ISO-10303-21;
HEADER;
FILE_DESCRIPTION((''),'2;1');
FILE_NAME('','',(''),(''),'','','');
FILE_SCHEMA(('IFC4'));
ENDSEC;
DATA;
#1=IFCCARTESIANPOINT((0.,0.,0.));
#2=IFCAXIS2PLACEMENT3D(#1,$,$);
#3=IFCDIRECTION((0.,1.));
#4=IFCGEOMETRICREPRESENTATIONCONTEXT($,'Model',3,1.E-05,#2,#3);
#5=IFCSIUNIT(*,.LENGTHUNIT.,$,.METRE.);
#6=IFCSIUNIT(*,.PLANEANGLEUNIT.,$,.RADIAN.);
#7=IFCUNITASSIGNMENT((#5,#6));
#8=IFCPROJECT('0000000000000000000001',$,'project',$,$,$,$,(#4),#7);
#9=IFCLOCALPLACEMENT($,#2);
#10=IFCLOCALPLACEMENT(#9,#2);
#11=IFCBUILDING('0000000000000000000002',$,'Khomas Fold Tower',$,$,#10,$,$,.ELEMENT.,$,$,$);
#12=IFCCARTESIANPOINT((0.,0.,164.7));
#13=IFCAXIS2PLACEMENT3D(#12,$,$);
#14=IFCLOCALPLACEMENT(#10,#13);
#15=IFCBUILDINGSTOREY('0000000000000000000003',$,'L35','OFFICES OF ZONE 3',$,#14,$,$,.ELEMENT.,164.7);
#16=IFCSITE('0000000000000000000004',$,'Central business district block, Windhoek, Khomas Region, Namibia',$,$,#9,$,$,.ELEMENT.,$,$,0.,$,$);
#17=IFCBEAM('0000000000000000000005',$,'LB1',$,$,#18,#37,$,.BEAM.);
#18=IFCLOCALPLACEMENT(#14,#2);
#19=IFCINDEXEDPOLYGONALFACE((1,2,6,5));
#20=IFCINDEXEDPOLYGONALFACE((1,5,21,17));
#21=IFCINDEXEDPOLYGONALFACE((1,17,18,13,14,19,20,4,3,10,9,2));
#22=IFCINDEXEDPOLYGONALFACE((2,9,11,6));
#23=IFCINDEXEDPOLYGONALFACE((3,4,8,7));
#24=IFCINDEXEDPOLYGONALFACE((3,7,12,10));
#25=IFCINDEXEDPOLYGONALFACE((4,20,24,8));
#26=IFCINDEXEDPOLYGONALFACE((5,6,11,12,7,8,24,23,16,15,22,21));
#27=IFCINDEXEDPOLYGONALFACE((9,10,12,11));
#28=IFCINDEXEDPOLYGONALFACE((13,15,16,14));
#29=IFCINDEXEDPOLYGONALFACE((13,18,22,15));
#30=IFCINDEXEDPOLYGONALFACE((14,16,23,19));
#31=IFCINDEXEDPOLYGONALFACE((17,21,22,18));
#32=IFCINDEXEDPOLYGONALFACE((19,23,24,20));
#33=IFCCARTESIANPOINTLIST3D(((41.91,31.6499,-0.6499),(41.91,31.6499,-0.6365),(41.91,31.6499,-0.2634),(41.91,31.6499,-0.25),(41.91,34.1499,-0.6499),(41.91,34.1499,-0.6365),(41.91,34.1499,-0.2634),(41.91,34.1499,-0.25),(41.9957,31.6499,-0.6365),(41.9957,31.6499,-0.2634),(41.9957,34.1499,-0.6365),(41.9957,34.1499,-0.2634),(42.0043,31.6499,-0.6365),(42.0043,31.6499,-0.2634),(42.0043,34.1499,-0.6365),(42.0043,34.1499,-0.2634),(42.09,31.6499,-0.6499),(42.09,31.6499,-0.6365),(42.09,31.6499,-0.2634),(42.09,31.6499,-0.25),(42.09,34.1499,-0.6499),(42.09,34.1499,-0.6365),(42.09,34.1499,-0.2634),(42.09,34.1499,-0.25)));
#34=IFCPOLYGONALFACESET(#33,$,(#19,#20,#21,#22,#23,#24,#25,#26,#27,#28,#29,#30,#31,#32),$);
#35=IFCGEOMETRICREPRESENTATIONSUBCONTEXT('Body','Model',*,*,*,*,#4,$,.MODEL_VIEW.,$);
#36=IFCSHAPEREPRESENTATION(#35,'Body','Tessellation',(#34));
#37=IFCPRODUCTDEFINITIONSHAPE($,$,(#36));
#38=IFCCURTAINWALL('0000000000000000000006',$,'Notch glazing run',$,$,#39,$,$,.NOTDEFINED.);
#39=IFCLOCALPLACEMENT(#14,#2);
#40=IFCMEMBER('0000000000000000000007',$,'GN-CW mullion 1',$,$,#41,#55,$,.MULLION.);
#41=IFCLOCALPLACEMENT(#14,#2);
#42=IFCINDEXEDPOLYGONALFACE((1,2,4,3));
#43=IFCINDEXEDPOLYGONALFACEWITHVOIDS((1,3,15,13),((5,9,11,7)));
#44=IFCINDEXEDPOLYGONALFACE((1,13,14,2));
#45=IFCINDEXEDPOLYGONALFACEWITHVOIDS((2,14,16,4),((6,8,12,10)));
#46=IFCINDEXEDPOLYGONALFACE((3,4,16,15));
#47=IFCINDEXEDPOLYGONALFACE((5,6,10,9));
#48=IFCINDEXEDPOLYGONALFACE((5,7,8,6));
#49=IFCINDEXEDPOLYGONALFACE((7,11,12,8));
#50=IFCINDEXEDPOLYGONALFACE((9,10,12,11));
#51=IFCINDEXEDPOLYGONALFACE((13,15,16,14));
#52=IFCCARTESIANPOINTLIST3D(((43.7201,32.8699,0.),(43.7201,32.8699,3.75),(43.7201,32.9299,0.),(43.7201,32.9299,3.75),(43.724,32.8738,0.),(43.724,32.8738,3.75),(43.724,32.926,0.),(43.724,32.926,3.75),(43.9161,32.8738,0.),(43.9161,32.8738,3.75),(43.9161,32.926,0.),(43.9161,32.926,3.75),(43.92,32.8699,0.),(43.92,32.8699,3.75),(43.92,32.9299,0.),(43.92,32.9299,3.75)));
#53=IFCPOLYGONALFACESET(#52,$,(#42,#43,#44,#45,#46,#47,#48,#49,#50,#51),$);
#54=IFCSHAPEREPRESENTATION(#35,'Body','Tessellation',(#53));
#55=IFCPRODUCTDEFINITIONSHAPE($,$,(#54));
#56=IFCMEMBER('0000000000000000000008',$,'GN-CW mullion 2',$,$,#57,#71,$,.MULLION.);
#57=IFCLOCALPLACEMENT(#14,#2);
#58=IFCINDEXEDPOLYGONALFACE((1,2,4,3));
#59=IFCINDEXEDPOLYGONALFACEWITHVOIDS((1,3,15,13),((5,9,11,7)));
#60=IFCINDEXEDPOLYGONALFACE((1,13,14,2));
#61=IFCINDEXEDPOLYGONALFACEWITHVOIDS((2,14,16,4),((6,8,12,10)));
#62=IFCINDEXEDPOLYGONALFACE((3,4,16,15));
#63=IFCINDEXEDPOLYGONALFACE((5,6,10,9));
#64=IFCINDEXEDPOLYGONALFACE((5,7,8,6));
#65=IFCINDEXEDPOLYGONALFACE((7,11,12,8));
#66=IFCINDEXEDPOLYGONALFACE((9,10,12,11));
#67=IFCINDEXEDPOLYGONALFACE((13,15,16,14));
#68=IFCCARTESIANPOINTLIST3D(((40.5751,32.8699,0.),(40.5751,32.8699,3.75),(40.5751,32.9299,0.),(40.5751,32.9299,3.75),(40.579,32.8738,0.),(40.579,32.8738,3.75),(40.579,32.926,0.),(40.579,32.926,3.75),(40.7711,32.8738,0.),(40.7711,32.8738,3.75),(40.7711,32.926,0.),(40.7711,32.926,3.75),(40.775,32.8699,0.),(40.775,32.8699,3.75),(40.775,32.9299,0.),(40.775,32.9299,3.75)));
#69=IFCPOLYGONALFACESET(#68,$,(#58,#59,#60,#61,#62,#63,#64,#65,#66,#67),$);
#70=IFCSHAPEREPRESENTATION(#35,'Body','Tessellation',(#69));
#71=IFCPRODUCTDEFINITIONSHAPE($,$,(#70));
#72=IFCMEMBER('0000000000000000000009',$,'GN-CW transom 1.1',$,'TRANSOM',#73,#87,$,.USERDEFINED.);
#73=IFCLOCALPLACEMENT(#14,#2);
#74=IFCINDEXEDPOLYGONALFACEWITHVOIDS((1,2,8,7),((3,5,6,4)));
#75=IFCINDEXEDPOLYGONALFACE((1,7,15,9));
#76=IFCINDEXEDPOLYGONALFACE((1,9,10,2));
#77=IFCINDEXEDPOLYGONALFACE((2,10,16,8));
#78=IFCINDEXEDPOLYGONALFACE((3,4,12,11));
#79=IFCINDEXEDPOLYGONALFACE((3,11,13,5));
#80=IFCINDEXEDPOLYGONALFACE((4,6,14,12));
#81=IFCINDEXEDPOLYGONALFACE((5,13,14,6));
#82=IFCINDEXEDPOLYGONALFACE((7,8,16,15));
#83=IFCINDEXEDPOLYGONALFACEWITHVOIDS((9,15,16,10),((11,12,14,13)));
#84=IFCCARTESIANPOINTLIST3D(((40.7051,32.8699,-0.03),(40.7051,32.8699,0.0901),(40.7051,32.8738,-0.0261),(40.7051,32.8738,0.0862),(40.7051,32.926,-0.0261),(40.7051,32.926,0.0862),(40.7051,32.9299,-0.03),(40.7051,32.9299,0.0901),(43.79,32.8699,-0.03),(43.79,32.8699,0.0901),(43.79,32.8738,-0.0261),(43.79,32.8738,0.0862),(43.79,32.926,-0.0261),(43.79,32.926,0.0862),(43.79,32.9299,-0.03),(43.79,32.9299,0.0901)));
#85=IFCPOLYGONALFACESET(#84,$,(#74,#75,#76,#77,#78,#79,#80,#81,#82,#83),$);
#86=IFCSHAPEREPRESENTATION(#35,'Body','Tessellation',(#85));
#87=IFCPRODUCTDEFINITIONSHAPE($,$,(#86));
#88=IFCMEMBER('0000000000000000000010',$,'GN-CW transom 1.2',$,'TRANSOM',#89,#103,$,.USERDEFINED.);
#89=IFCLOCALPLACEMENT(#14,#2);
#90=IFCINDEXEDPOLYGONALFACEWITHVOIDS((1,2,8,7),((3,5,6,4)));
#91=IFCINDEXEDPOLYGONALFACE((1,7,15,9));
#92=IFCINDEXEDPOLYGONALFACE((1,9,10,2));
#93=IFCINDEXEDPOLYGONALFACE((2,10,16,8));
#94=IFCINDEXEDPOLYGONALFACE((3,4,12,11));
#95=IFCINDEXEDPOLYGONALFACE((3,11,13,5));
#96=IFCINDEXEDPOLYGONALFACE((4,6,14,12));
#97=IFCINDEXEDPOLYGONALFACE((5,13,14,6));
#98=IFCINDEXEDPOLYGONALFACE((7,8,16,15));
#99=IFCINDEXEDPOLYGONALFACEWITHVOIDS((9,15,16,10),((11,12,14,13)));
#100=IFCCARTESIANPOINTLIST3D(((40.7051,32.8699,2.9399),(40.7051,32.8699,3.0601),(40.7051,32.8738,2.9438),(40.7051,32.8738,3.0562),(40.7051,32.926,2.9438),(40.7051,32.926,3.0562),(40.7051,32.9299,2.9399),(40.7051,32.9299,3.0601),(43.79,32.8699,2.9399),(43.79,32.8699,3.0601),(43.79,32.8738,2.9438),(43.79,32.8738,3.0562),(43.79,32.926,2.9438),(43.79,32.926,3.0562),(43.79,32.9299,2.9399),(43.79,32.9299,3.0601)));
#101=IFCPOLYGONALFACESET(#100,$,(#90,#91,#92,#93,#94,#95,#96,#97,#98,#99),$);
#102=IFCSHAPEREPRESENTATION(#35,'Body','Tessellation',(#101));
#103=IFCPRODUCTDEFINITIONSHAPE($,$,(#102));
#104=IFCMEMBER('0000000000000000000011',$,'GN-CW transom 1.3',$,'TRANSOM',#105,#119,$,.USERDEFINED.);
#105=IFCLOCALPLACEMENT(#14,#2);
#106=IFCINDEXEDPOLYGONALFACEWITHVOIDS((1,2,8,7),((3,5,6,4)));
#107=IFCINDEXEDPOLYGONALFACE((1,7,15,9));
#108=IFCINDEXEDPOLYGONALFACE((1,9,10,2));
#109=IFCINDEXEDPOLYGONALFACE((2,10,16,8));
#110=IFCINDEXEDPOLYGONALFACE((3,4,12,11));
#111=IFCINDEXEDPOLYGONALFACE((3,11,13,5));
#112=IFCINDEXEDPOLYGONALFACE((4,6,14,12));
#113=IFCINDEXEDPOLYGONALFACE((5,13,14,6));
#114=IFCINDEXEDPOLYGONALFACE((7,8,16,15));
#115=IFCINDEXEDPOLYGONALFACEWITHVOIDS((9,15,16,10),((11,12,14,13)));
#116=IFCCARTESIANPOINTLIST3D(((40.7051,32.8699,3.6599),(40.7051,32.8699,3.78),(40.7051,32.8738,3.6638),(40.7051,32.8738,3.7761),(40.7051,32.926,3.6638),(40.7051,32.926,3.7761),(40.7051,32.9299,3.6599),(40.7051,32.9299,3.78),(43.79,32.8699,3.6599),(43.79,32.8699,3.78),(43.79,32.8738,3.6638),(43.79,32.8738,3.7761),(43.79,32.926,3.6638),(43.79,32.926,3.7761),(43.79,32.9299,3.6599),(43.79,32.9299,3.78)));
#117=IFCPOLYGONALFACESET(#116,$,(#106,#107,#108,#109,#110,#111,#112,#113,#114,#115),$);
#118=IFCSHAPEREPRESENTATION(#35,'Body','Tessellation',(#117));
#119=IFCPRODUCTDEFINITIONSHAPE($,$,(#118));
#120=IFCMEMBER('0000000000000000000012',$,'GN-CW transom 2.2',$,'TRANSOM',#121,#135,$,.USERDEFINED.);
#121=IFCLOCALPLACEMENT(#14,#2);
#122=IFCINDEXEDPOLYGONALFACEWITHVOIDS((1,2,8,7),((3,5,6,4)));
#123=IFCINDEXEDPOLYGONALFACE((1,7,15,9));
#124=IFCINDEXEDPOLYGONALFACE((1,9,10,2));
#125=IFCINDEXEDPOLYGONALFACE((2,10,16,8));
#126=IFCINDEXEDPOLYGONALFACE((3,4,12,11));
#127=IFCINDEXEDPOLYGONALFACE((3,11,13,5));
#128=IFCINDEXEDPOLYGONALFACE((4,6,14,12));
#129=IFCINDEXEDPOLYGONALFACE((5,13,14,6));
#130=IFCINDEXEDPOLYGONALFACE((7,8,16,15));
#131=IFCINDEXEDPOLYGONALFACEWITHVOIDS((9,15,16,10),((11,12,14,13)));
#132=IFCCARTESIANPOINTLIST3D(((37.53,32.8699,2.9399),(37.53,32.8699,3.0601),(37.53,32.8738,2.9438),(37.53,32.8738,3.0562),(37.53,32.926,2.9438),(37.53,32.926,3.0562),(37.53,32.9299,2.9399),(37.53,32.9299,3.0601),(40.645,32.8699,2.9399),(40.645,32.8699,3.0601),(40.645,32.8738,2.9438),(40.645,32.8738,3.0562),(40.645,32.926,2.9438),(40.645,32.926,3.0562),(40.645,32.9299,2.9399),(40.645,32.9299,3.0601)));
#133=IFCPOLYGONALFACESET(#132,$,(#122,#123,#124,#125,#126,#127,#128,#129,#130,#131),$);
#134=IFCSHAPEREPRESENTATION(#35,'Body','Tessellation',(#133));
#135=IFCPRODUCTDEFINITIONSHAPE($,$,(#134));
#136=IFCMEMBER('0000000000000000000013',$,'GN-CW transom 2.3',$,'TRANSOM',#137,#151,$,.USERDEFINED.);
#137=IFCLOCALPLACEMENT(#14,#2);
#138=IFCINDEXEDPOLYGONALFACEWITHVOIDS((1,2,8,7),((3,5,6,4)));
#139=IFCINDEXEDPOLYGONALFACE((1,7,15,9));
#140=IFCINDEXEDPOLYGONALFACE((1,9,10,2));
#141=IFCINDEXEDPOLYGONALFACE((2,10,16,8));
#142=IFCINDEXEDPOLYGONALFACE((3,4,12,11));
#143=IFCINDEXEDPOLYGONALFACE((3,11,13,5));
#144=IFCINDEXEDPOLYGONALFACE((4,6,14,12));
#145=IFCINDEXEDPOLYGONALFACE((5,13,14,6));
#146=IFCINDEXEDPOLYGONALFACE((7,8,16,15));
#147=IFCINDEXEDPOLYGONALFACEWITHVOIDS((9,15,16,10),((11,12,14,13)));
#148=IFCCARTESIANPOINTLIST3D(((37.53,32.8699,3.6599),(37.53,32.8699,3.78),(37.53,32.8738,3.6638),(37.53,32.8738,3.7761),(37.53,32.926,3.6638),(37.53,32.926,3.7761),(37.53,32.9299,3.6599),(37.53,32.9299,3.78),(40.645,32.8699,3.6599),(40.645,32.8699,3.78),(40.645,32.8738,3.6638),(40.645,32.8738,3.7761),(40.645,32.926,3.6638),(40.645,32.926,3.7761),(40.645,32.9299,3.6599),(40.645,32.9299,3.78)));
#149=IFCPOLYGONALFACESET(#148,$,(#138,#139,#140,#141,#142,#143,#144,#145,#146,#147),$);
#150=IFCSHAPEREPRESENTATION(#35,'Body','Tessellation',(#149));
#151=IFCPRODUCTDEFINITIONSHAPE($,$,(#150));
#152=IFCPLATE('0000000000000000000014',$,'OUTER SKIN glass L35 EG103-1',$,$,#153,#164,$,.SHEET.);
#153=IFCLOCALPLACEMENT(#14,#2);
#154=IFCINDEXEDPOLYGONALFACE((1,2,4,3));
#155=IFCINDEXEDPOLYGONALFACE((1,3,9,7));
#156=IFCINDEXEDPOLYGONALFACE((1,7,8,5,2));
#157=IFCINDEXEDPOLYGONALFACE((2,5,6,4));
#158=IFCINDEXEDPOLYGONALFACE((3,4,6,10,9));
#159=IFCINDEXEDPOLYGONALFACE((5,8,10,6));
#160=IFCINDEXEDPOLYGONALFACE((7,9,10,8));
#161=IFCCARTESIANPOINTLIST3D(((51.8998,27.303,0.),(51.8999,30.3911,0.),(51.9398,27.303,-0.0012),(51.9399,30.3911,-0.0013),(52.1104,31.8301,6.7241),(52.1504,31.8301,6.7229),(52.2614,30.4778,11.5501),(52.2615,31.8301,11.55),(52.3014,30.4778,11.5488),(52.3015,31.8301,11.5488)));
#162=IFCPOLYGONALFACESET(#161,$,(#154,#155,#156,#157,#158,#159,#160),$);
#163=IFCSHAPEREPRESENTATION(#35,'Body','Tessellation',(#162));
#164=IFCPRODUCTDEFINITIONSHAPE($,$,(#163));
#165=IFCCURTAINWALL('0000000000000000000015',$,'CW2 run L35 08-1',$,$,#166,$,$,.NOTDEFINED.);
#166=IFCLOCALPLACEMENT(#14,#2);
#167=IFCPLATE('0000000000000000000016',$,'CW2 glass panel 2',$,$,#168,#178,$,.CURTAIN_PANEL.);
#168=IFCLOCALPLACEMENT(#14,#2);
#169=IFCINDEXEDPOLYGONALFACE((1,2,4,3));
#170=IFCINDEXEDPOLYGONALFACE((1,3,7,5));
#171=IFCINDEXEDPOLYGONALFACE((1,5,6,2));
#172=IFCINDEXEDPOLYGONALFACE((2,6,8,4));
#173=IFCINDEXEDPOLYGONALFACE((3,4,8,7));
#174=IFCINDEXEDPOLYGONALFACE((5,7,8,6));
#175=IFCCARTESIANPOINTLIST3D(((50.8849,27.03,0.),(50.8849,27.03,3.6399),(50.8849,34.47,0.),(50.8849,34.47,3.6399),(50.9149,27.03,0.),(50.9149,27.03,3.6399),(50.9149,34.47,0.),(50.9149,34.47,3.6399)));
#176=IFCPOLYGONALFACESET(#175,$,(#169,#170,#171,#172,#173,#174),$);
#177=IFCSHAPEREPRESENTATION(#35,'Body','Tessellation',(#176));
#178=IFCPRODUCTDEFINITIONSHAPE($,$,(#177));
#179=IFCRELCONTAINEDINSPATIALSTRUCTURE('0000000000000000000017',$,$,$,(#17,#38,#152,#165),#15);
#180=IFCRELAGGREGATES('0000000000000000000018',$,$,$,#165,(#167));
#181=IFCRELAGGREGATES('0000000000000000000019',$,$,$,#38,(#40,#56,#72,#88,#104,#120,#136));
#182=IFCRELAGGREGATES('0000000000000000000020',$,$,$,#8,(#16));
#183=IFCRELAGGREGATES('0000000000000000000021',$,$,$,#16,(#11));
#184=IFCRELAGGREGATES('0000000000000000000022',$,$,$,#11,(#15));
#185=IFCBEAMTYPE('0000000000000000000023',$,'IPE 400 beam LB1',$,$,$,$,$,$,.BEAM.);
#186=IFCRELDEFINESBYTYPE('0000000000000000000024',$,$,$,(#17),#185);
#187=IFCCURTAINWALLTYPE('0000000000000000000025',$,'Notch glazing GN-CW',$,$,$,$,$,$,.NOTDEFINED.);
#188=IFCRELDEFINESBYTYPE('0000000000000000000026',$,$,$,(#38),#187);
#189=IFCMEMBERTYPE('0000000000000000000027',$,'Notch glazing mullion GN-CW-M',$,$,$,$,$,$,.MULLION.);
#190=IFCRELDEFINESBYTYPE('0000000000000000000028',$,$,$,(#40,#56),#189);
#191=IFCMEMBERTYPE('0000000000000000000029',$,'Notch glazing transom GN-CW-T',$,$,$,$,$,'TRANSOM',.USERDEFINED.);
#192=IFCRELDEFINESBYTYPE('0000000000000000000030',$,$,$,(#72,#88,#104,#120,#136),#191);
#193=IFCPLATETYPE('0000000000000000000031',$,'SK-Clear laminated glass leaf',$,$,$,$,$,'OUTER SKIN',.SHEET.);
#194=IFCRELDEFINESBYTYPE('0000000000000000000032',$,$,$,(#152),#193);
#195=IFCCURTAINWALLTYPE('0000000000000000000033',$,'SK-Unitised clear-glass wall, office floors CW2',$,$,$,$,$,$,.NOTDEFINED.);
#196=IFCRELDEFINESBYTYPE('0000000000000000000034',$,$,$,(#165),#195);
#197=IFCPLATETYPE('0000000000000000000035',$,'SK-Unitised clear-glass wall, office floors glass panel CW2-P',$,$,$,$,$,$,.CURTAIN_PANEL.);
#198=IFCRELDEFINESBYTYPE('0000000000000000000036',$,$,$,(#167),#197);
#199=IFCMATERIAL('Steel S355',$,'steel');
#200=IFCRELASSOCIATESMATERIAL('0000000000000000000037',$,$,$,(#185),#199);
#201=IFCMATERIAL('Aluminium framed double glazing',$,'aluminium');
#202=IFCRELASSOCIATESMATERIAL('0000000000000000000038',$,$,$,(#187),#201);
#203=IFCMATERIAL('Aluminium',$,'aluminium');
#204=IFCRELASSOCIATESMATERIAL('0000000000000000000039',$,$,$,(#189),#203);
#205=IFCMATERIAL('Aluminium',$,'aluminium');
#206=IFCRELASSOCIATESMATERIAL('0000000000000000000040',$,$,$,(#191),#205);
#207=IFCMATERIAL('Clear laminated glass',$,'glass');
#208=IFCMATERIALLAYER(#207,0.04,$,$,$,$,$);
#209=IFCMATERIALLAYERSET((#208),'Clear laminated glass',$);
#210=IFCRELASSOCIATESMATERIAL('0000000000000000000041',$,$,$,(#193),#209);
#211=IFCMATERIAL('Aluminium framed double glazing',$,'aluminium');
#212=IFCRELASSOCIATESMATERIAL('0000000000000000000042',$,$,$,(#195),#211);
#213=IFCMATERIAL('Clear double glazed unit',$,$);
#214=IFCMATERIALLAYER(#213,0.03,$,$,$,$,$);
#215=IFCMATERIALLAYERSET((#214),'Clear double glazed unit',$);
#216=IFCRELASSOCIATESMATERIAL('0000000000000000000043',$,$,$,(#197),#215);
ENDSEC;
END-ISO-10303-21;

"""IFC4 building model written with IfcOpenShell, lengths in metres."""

from ifc_helpers import new_model, si_unit, direction, frame, origin, origin_2d, place, context, subcontext, project, spatial, polyline, rectangle, hollow_rectangle, i_section, outline, extrude, source, transform, mapped, material, layer, layer_set, material_profile, profile_set, type_object, element, aggregate, save


model = new_model("IFC4")

# Units and contexts
model_context = context("Model", 3, precision=1e-05, world=origin(), true_north=direction((0.0, 1.0)))
body_context = subcontext(model_context, "Body", "Model", "MODEL_VIEW")
ifc_project = project(units=[si_unit("LENGTHUNIT", "METRE"), si_unit("PLANEANGLEUNIT", "RADIAN")], contexts=[model_context])

# Site, building, storey
site_placement = place(None, origin())
site = spatial("IfcSite", under=ifc_project, at=site_placement, Name="Central business district block, Windhoek, Khomas Region, Namibia", CompositionType="ELEMENT", RefElevation=0.0)
building_placement = place(site_placement, origin())
building = spatial("IfcBuilding", under=site, at=building_placement, Name="Khomas Fold Tower", CompositionType="ELEMENT")
storey_placement = place(building_placement, frame((0.0, 0.0, 164.7)))
storey = spatial("IfcBuildingStorey", under=building, at=storey_placement, Name="L35", Description="OFFICES OF ZONE 3", CompositionType="ELEMENT", Elevation=164.7)

# Beam
ifc_material_1 = material(Name="Steel S355", Category="steel")
ifc_material_profile_1 = material_profile(ifc_material_1, i_section(OverallWidth=0.1799, OverallDepth=0.3999, WebThickness=0.0085, FlangeThickness=0.0134, at=origin_2d()), Name="IPE 400")
ifc_profile_set_1 = profile_set([ifc_material_profile_1], Name="Steel S355")
beam_type = type_object("IfcBeamType", Name="IPE 400 beam LB1", PredefinedType="BEAM", material=ifc_profile_set_1)
shared_shape_1 = source(origin(), body_context, "Body", "SweptSolid", [
    extrude(i_section(OverallWidth=0.1799, OverallDepth=0.3999, WebThickness=0.0085, FlangeThickness=0.0134, at=origin_2d()), origin(), (0.0, 0.0, 1.0), 2.5),
])
beam_placement = place(storey_placement, frame((42.0, 31.6499, -0.45), z_axis=(0.0, 1.0, 0.0), x_axis=(-1.0, 0.0, 0.0)))
element("IfcBeam", 1, at=beam_placement, inside=storey, type_object=beam_type, Name="LB1", PredefinedType="BEAM", context=body_context, shape_type="MappedRepresentation", body=[
    mapped(shared_shape_1, transform((0.0, 0.0, 0.0))),
])

# Curtain wall, members
ifc_material_2 = material(Name="Aluminium framed double glazing", Category="aluminium")
curtain_wall_type_1 = type_object("IfcCurtainWallType", Name="Notch glazing GN-CW", PredefinedType="NOTDEFINED", material=ifc_material_2)
curtain_wall_1_placement = place(storey_placement, origin())
curtain_wall_1 = element("IfcCurtainWall", 2, at=curtain_wall_1_placement, inside=storey, type_object=curtain_wall_type_1, Name="Notch glazing run", PredefinedType="NOTDEFINED")
ifc_material_3 = material(Name="Aluminium", Category="aluminium")
ifc_material_profile_2 = material_profile(ifc_material_3, hollow_rectangle(XDim=0.0601, YDim=0.2, WallThickness=0.0039, at=origin_2d()), Name="Notch glazing mullion GN-CW-M")
ifc_profile_set_2 = profile_set([ifc_material_profile_2], Name="Aluminium")
member_type_1 = type_object("IfcMemberType", Name="Notch glazing mullion GN-CW-M", PredefinedType="MULLION", material=ifc_profile_set_2)
shared_shape_2 = source(origin(), body_context, "Body", "SweptSolid", [
    extrude(hollow_rectangle(XDim=0.0601, YDim=0.2, WallThickness=0.0039, at=origin_2d()), origin(), (0.0, 0.0, 1.0), 3.75),
])
member_1_placement = place(storey_placement, frame((43.8201, 32.8999, 0.0), z_axis=(0.0, 0.0, 1.0), x_axis=(0.0, -1.0, 0.0)))
member_1 = element("IfcMember", 3, at=member_1_placement, type_object=member_type_1, Name="GN-CW mullion 1", PredefinedType="MULLION", context=body_context, shape_type="MappedRepresentation", body=[
    mapped(shared_shape_2, transform((0.0, 0.0, 0.0))),
])
member_2_placement = place(storey_placement, frame((40.675, 32.8999, 0.0), z_axis=(0.0, 0.0, 1.0), x_axis=(0.0, -1.0, 0.0)))
member_2 = element("IfcMember", 4, at=member_2_placement, type_object=member_type_1, Name="GN-CW mullion 2", PredefinedType="MULLION", context=body_context, shape_type="MappedRepresentation", body=[
    mapped(shared_shape_2, transform((0.0, 0.0, 0.0))),
])
ifc_material_4 = material(Name="Aluminium", Category="aluminium")
ifc_material_profile_3 = material_profile(ifc_material_4, hollow_rectangle(XDim=0.0601, YDim=0.1201, WallThickness=0.0039, at=origin_2d()), Name="Notch glazing transom GN-CW-T")
ifc_profile_set_3 = profile_set([ifc_material_profile_3], Name="Aluminium")
member_type_2 = type_object("IfcMemberType", Name="Notch glazing transom GN-CW-T", ElementType="TRANSOM", PredefinedType="USERDEFINED", material=ifc_profile_set_3)
shared_shape_3 = source(origin(), body_context, "Body", "SweptSolid", [
    extrude(hollow_rectangle(XDim=0.0601, YDim=0.1201, WallThickness=0.0039, at=origin_2d()), origin(), (0.0, 0.0, 1.0), 3.085),
])
member_3_placement = place(storey_placement, frame((43.79, 32.8999, 0.03), z_axis=(-1.0, 0.0, 0.0), x_axis=(0.0, -1.0, 0.0)))
member_3 = element("IfcMember", 5, at=member_3_placement, type_object=member_type_2, Name="GN-CW transom 1.1", ObjectType="TRANSOM", PredefinedType="USERDEFINED", context=body_context, shape_type="MappedRepresentation", body=[
    mapped(shared_shape_3, transform((0.0, 0.0, 0.0))),
])
member_4_placement = place(storey_placement, frame((43.79, 32.8999, 3.0), z_axis=(-1.0, 0.0, 0.0), x_axis=(0.0, -1.0, 0.0)))
member_4 = element("IfcMember", 6, at=member_4_placement, type_object=member_type_2, Name="GN-CW transom 1.2", ObjectType="TRANSOM", PredefinedType="USERDEFINED", context=body_context, shape_type="MappedRepresentation", body=[
    mapped(shared_shape_3, transform((0.0, 0.0, 0.0))),
])
member_5_placement = place(storey_placement, frame((43.79, 32.8999, 3.72), z_axis=(-1.0, 0.0, 0.0), x_axis=(0.0, -1.0, 0.0)))
member_5 = element("IfcMember", 7, at=member_5_placement, type_object=member_type_2, Name="GN-CW transom 1.3", ObjectType="TRANSOM", PredefinedType="USERDEFINED", context=body_context, shape_type="MappedRepresentation", body=[
    mapped(shared_shape_3, transform((0.0, 0.0, 0.0))),
])
shared_shape_4 = source(origin(), body_context, "Body", "SweptSolid", [
    extrude(hollow_rectangle(XDim=0.0601, YDim=0.1201, WallThickness=0.0039, at=origin_2d()), origin(), (0.0, 0.0, 1.0), 3.115),
])
member_6_placement = place(storey_placement, frame((40.645, 32.8999, 3.0), z_axis=(-1.0, 0.0, 0.0), x_axis=(0.0, -1.0, 0.0)))
member_6 = element("IfcMember", 8, at=member_6_placement, type_object=member_type_2, Name="GN-CW transom 2.2", ObjectType="TRANSOM", PredefinedType="USERDEFINED", context=body_context, shape_type="MappedRepresentation", body=[
    mapped(shared_shape_4, transform((0.0, 0.0, 0.0))),
])
member_7_placement = place(storey_placement, frame((40.645, 32.8999, 3.72), z_axis=(-1.0, 0.0, 0.0), x_axis=(0.0, -1.0, 0.0)))
member_7 = element("IfcMember", 9, at=member_7_placement, type_object=member_type_2, Name="GN-CW transom 2.3", ObjectType="TRANSOM", PredefinedType="USERDEFINED", context=body_context, shape_type="MappedRepresentation", body=[
    mapped(shared_shape_4, transform((0.0, 0.0, 0.0))),
])

# Plate
ifc_material_5 = material(Name="Clear laminated glass", Category="glass")
ifc_layer_1 = layer(ifc_material_5, 0.04)
ifc_layer_set_1 = layer_set([ifc_layer_1], Name="Clear laminated glass")
plate_type_1 = type_object("IfcPlateType", Name="SK-Clear laminated glass leaf", ElementType="OUTER SKIN", PredefinedType="SHEET", material=ifc_layer_set_1)
plate_1_placement = place(storey_placement, frame((51.8999, 30.3911, 0.0), z_axis=(-0.999511, 0.000039, 0.031285), x_axis=(-0.000039, -1.0, 0.000001)))
element("IfcPlate", 10, at=plate_1_placement, inside=storey, type_object=plate_type_1, Name="OUTER SKIN glass L35 EG103-1", PredefinedType="SHEET", context=body_context, shape_type="SweptSolid", body=[
    extrude(outline(polyline([(0.0, 0.0), (3.0881, 0.0), (-0.0867, 11.5557), (-1.439, 11.5557), (-1.439, 6.7274), (0.0, 0.0)])), origin(), (0.0, 0.0, -1.0), 0.04),
])

# Curtain wall, plate
ifc_material_6 = material(Name="Aluminium framed double glazing", Category="aluminium")
curtain_wall_type_2 = type_object("IfcCurtainWallType", Name="SK-Unitised clear-glass wall, office floors CW2", PredefinedType="NOTDEFINED", material=ifc_material_6)
curtain_wall_2_placement = place(storey_placement, origin())
curtain_wall_2 = element("IfcCurtainWall", 11, at=curtain_wall_2_placement, inside=storey, type_object=curtain_wall_type_2, Name="CW2 run L35 08-1", PredefinedType="NOTDEFINED")
ifc_material_7 = material(Name="Clear double glazed unit")
ifc_layer_2 = layer(ifc_material_7, 0.03)
ifc_layer_set_2 = layer_set([ifc_layer_2], Name="Clear double glazed unit")
plate_type_2 = type_object("IfcPlateType", Name="SK-Unitised clear-glass wall, office floors glass panel CW2-P", PredefinedType="CURTAIN_PANEL", material=ifc_layer_set_2)
shared_shape_5 = source(origin(), body_context, "Body", "SweptSolid", [
    extrude(rectangle(XDim=7.4399, YDim=0.03, at=origin_2d()), origin(), (0.0, 0.0, 1.0), 3.6399),
])
plate_2_placement = place(storey_placement, frame((50.8999, 30.75, 0.0), z_axis=(0.0, 0.0, 1.0), x_axis=(0.0, 1.0, 0.0)))
plate_2 = element("IfcPlate", 12, at=plate_2_placement, type_object=plate_type_2, Name="CW2 glass panel 2", PredefinedType="CURTAIN_PANEL", context=body_context, shape_type="MappedRepresentation", body=[
    mapped(shared_shape_5, transform((0.0, 0.0, 0.0))),
])
aggregate(curtain_wall_2, [plate_2])

aggregate(curtain_wall_1, [member_1, member_2, member_3, member_4, member_5, member_6, member_7])

save(model, "model.ifc")
